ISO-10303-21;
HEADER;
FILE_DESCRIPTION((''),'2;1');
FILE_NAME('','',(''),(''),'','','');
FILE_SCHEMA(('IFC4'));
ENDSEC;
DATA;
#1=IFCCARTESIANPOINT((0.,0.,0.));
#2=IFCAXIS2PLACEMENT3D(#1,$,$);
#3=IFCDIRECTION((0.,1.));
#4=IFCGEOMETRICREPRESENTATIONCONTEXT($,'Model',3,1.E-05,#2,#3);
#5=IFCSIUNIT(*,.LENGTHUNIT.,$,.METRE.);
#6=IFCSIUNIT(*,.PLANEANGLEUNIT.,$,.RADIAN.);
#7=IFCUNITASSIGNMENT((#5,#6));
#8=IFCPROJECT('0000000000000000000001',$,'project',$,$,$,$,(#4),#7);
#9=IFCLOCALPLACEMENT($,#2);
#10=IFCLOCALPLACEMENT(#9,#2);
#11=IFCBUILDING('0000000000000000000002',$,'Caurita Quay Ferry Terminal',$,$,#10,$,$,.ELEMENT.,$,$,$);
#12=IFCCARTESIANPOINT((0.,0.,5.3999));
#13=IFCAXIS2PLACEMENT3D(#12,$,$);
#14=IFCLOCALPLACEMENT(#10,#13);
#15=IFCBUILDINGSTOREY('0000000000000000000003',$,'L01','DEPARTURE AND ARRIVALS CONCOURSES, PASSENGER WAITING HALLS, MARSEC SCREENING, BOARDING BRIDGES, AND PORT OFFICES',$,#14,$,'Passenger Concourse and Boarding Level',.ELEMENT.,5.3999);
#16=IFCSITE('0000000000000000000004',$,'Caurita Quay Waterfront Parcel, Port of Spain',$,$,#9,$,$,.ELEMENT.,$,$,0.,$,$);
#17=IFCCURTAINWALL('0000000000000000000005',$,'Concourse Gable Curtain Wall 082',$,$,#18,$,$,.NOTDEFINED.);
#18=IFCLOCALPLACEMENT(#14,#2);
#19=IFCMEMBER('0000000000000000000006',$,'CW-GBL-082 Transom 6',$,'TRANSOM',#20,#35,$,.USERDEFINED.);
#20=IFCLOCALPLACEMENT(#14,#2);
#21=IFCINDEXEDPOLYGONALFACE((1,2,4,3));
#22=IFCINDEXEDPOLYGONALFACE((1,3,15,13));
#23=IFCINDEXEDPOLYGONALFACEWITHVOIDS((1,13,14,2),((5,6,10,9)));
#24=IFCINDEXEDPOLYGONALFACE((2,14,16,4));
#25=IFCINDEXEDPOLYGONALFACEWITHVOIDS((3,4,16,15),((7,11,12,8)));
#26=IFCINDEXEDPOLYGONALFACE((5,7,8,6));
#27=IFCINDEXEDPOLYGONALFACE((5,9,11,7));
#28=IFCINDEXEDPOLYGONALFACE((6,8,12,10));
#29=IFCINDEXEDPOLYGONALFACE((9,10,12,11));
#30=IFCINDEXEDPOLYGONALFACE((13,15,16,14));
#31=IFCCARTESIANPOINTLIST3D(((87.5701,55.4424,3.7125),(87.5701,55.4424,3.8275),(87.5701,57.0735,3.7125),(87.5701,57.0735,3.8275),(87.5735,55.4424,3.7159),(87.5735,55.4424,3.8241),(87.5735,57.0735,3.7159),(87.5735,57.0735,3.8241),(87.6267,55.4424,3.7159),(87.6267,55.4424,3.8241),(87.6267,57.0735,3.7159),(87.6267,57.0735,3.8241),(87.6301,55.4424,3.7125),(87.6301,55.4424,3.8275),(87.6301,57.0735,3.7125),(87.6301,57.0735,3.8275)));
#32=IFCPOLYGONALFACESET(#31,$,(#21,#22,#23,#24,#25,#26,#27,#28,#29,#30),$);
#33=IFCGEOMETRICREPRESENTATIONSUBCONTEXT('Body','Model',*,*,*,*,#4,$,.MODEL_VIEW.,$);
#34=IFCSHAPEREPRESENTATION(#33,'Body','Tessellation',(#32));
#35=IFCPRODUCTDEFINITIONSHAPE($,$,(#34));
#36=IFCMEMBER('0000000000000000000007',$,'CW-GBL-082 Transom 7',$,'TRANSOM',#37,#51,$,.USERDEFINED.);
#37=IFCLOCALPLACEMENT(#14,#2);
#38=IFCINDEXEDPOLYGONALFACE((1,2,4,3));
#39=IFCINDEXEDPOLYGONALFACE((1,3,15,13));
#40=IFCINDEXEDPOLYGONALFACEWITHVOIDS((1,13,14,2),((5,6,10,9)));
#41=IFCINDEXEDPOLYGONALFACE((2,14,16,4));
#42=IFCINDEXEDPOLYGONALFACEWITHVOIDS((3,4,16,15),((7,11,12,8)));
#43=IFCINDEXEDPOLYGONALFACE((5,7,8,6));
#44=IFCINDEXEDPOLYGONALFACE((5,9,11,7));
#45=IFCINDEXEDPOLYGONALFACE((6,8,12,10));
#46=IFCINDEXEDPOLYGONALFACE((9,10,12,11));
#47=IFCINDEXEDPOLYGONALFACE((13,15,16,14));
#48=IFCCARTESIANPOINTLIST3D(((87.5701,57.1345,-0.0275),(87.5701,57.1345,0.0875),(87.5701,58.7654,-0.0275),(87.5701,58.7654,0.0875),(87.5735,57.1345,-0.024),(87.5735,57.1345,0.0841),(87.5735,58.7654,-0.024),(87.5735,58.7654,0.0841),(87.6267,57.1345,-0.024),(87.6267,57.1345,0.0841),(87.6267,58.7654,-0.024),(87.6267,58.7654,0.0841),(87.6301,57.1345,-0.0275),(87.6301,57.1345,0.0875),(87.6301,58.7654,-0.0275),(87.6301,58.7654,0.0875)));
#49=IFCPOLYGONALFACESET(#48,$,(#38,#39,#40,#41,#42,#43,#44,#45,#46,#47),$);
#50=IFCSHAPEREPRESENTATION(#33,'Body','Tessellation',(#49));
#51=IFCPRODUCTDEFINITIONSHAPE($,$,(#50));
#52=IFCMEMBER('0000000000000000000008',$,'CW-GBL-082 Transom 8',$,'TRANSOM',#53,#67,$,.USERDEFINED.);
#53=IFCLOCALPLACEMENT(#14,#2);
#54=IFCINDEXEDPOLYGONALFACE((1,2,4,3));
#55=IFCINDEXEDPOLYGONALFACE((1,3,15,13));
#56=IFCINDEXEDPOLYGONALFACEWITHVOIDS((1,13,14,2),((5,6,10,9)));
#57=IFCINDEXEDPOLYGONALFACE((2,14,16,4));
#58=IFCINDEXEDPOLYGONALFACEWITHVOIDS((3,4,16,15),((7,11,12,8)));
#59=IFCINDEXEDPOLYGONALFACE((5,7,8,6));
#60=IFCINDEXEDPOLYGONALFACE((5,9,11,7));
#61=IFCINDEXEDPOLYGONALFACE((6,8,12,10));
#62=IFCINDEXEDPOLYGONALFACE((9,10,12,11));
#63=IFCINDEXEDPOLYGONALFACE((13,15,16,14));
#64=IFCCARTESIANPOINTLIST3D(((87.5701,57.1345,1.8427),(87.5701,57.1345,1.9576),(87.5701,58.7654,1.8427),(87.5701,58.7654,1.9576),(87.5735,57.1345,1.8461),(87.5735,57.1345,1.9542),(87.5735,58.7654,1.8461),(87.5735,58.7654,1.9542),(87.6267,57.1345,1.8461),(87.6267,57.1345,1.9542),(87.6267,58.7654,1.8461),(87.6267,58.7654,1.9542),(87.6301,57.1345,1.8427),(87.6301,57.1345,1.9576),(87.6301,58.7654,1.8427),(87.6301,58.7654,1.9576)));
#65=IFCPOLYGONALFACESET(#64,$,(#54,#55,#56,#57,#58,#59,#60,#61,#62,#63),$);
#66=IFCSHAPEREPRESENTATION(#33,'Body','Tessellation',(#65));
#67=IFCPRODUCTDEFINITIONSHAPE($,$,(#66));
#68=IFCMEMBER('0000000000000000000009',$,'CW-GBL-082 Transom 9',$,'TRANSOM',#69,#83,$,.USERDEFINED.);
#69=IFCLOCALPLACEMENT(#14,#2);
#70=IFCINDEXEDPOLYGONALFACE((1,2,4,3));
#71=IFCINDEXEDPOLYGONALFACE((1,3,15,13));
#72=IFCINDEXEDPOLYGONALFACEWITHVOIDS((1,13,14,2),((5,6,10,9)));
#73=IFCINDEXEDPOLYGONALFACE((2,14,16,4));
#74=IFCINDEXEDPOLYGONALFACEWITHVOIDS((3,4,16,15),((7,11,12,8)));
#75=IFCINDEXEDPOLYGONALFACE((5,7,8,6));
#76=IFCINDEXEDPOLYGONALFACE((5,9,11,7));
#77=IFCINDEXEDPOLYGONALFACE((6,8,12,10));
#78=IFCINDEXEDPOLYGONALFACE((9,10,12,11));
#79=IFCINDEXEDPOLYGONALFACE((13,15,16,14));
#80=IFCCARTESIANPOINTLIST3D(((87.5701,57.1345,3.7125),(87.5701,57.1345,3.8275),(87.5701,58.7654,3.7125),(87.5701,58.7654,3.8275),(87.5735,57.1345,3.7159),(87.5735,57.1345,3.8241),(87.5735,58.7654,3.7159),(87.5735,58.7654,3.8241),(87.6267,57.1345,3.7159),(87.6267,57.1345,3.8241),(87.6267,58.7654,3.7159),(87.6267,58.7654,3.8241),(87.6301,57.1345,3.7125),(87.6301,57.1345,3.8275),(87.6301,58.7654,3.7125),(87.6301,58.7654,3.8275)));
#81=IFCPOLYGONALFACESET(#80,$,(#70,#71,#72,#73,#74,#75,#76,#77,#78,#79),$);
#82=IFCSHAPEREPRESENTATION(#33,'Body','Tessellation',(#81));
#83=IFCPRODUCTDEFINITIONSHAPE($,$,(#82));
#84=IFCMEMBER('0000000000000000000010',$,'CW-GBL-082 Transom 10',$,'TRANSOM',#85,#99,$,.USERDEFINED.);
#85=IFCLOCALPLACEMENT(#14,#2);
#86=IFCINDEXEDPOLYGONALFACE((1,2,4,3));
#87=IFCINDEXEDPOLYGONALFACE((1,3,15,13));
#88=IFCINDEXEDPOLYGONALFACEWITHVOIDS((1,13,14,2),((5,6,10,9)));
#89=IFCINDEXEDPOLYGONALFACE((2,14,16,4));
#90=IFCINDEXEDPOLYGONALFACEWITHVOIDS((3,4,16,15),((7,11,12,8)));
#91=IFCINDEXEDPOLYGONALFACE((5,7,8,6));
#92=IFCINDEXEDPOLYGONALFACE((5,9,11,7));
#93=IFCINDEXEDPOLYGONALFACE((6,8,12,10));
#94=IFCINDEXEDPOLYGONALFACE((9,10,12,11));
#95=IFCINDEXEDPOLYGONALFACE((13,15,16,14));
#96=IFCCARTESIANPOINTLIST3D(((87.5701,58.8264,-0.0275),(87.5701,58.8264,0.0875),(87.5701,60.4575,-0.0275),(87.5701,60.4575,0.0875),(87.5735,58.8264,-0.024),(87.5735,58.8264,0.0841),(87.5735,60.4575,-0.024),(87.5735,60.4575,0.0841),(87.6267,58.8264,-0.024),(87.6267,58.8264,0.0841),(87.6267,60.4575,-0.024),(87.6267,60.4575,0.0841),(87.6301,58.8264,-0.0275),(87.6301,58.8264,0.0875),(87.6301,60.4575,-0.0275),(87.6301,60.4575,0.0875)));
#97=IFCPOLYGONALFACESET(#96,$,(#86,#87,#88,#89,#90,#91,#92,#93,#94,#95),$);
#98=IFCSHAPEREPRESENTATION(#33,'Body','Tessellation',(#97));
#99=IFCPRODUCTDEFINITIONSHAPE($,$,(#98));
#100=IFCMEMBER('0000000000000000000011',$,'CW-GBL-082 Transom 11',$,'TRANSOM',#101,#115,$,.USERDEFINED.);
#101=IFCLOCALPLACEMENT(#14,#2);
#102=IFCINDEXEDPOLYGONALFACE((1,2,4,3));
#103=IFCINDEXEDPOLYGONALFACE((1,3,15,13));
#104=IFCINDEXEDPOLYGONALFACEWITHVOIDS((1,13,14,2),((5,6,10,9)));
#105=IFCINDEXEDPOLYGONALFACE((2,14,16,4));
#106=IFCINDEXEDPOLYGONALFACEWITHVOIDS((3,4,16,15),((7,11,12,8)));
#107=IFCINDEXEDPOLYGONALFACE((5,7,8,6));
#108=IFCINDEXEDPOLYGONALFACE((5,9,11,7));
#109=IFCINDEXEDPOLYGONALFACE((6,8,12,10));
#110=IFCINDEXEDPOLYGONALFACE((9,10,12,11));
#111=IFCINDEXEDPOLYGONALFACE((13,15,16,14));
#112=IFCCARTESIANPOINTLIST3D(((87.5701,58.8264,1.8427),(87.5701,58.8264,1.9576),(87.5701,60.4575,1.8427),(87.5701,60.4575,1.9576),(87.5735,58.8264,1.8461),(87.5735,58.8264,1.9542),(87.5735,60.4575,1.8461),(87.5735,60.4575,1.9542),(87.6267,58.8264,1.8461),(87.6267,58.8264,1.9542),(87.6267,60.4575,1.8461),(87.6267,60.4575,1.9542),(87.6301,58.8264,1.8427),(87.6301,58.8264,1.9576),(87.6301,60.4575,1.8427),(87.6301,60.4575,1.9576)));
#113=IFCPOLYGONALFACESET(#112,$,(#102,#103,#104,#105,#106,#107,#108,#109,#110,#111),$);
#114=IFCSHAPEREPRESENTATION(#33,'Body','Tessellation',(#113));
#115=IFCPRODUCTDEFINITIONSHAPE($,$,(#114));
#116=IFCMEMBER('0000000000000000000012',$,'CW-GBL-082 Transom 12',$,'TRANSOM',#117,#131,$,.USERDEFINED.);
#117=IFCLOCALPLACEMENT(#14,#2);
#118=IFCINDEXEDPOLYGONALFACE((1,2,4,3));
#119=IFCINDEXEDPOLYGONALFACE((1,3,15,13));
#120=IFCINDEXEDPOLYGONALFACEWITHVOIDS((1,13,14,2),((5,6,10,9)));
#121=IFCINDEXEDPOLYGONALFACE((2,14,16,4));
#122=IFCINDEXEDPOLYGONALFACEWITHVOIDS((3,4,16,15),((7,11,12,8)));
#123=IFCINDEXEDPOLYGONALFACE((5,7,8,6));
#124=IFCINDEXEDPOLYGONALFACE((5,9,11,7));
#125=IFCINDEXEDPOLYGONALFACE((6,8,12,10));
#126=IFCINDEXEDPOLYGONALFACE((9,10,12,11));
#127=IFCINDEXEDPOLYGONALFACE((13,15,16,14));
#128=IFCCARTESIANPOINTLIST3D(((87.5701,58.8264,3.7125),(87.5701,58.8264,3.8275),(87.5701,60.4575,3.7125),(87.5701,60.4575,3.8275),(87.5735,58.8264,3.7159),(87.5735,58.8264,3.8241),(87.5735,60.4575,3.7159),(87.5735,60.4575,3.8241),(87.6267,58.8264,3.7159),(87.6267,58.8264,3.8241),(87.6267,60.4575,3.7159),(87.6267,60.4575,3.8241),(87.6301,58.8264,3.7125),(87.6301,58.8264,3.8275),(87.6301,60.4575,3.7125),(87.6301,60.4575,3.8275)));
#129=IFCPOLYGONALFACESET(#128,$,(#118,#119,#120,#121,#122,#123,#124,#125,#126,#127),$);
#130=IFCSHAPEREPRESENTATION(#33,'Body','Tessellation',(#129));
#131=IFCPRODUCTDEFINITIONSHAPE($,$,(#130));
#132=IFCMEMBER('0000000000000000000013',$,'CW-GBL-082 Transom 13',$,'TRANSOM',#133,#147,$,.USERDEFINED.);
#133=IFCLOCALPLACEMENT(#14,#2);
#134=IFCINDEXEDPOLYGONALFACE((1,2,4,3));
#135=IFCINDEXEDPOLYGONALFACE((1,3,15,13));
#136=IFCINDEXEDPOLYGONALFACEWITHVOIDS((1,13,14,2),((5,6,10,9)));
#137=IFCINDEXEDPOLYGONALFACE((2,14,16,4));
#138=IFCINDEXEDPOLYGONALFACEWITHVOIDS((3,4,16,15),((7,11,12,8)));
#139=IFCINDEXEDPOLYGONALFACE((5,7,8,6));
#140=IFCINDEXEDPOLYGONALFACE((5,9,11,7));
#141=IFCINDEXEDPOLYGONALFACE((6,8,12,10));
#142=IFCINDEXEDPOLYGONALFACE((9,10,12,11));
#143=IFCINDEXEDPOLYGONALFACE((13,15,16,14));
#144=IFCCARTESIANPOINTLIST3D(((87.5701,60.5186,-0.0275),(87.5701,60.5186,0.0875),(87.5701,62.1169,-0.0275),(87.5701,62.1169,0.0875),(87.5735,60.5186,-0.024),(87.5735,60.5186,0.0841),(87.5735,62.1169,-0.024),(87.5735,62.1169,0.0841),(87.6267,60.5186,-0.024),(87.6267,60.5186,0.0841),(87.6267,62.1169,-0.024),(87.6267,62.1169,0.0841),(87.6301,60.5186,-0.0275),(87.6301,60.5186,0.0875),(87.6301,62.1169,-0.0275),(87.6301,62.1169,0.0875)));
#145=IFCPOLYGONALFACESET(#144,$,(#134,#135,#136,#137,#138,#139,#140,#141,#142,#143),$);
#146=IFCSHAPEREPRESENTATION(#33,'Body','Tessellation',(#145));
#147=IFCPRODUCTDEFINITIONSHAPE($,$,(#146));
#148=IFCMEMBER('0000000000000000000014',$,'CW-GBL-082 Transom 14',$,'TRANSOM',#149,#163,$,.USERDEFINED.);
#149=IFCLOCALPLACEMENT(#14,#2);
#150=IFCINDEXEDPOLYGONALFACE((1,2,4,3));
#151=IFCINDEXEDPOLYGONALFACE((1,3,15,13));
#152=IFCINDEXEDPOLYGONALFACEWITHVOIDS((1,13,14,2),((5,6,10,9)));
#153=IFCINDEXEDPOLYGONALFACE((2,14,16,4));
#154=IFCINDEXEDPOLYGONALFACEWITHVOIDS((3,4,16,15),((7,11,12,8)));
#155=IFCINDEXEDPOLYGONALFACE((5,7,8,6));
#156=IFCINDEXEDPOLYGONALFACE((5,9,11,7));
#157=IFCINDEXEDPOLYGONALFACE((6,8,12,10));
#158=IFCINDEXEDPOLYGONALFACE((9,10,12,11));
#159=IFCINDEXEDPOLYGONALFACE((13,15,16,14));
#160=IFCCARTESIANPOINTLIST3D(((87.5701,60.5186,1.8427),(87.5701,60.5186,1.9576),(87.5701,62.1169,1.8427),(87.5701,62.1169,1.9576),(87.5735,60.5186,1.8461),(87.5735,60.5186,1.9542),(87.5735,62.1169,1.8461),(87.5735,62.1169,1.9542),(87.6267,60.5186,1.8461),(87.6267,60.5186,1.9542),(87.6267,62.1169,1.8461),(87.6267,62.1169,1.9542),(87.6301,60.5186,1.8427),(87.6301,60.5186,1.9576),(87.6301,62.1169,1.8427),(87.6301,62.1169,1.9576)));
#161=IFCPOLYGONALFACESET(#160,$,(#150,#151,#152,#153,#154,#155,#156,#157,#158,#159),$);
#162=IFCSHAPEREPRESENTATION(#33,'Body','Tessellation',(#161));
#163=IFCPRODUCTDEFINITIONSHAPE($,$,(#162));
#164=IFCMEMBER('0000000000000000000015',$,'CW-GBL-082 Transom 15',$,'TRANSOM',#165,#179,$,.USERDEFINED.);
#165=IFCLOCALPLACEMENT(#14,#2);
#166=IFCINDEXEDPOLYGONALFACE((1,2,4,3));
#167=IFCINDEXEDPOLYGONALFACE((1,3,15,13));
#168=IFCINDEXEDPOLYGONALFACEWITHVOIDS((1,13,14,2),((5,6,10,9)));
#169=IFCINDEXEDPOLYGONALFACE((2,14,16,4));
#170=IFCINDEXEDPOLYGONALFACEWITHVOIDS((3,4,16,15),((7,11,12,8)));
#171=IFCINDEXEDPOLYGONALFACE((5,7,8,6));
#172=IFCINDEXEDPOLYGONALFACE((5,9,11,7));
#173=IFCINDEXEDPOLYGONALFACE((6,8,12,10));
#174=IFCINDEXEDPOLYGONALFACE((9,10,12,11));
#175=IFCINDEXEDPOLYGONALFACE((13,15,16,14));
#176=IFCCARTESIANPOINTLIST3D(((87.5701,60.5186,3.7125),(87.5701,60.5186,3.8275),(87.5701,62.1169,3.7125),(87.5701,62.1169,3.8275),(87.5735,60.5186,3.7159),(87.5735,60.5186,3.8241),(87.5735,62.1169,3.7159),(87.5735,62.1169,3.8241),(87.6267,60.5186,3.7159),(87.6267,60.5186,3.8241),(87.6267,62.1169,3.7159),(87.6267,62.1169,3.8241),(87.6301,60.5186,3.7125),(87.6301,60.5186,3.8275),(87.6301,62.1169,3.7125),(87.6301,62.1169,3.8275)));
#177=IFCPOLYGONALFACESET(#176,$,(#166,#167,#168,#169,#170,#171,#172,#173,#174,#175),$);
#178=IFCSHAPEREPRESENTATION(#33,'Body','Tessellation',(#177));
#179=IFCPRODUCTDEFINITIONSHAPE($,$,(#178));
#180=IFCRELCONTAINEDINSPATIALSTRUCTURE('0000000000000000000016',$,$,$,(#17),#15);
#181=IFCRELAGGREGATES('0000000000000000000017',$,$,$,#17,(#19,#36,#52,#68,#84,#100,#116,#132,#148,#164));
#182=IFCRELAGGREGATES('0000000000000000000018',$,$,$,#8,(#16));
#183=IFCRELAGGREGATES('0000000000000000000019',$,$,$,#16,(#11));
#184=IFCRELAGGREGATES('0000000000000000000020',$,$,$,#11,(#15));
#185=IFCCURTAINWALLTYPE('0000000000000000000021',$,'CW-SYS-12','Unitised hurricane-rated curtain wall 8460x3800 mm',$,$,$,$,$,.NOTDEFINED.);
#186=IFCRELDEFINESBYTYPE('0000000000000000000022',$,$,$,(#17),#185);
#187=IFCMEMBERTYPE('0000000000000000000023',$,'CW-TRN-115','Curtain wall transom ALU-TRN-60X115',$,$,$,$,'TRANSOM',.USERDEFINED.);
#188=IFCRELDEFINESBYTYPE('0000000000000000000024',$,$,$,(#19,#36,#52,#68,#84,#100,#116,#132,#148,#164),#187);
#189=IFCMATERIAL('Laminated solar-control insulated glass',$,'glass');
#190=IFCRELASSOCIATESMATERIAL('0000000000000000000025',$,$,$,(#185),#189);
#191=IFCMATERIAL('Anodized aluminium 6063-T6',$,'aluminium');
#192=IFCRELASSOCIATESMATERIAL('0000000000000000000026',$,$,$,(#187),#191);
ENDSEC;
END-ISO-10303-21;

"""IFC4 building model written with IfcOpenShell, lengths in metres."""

from ifc_helpers import new_model, si_unit, direction, frame, origin, origin_2d, place, context, subcontext, project, spatial, hollow_rectangle, extrude, material, material_profile, profile_set, type_object, element, aggregate, save


model = new_model("IFC4")

# Units and contexts
model_context = context("Model", 3, precision=1e-05, world=origin(), true_north=direction((0.0, 1.0)))
body_context = subcontext(model_context, "Body", "Model", "MODEL_VIEW")
ifc_project = project(units=[si_unit("LENGTHUNIT", "METRE"), si_unit("PLANEANGLEUNIT", "RADIAN")], contexts=[model_context])

# Site, building, storey
site_placement = place(None, origin())
site = spatial("IfcSite", under=ifc_project, at=site_placement, Name="Caurita Quay Waterfront Parcel, Port of Spain", CompositionType="ELEMENT", RefElevation=0.0)
building_placement = place(site_placement, origin())
building = spatial("IfcBuilding", under=site, at=building_placement, Name="Caurita Quay Ferry Terminal", CompositionType="ELEMENT")
storey_placement = place(building_placement, frame((0.0, 0.0, 5.3999)))
storey = spatial("IfcBuildingStorey", under=building, at=storey_placement, Name="L01", Description="DEPARTURE AND ARRIVALS CONCOURSES, PASSENGER WAITING HALLS, MARSEC SCREENING, BOARDING BRIDGES, AND PORT OFFICES", LongName="Passenger Concourse and Boarding Level", CompositionType="ELEMENT", Elevation=5.3999)

# Curtain wall, members
ifc_material_1 = material(Name="Laminated solar-control insulated glass", Category="glass")
curtain_wall_type = type_object("IfcCurtainWallType", Name="CW-SYS-12", Description="Unitised hurricane-rated curtain wall 8460x3800 mm", PredefinedType="NOTDEFINED", material=ifc_material_1)
curtain_wall_placement = place(storey_placement, origin())
curtain_wall = element("IfcCurtainWall", 1, at=curtain_wall_placement, inside=storey, type_object=curtain_wall_type, Name="Concourse Gable Curtain Wall 082", PredefinedType="NOTDEFINED")
ifc_material_2 = material(Name="Anodized aluminium 6063-T6", Category="aluminium")
ifc_material_profile_1 = material_profile(ifc_material_2, hollow_rectangle(XDim=0.0601, YDim=0.115, WallThickness=0.0034, at=origin_2d()), Name="ALU-TRN-60X115")
ifc_profile_set_1 = profile_set([ifc_material_profile_1], Name="Anodized aluminium 6063-T6")
member_type_1 = type_object("IfcMemberType", Name="CW-TRN-115", Description="Curtain wall transom ALU-TRN-60X115", ElementType="TRANSOM", PredefinedType="USERDEFINED", material=ifc_profile_set_1)
member_1_placement = place(storey_placement, frame((87.6001, 55.4424, 3.77), z_axis=(0.0, 1.0, 0.0), x_axis=(-1.0, 0.0, 0.0)))
member_1 = element("IfcMember", 2, at=member_1_placement, type_object=member_type_1, Name="CW-GBL-082 Transom 6", ObjectType="TRANSOM", PredefinedType="USERDEFINED", context=body_context, shape_type="SweptSolid", body=[
    extrude(hollow_rectangle(XDim=0.0601, YDim=0.115, WallThickness=0.0034, at=origin_2d()), origin(), (0.0, 0.0, 1.0), 1.6311),
])
member_2_placement = place(storey_placement, frame((87.6001, 57.1345, 0.03), z_axis=(0.0, 1.0, 0.0), x_axis=(-1.0, 0.0, 0.0)))
member_2 = element("IfcMember", 3, at=member_2_placement, type_object=member_type_1, Name="CW-GBL-082 Transom 7", ObjectType="TRANSOM", PredefinedType="USERDEFINED", context=body_context, shape_type="SweptSolid", body=[
    extrude(hollow_rectangle(XDim=0.0601, YDim=0.115, WallThickness=0.0034, at=origin_2d()), origin(), (0.0, 0.0, 1.0), 1.6309),
])
member_3_placement = place(storey_placement, frame((87.6001, 57.1345, 1.9001), z_axis=(0.0, 1.0, 0.0), x_axis=(-1.0, 0.0, 0.0)))
member_3 = element("IfcMember", 4, at=member_3_placement, type_object=member_type_1, Name="CW-GBL-082 Transom 8", ObjectType="TRANSOM", PredefinedType="USERDEFINED", context=body_context, shape_type="SweptSolid", body=[
    extrude(hollow_rectangle(XDim=0.0601, YDim=0.115, WallThickness=0.0034, at=origin_2d()), origin(), (0.0, 0.0, 1.0), 1.6309),
])
member_4_placement = place(storey_placement, frame((87.6001, 57.1345, 3.77), z_axis=(0.0, 1.0, 0.0), x_axis=(-1.0, 0.0, 0.0)))
member_4 = element("IfcMember", 5, at=member_4_placement, type_object=member_type_1, Name="CW-GBL-082 Transom 9", ObjectType="TRANSOM", PredefinedType="USERDEFINED", context=body_context, shape_type="SweptSolid", body=[
    extrude(hollow_rectangle(XDim=0.0601, YDim=0.115, WallThickness=0.0034, at=origin_2d()), origin(), (0.0, 0.0, 1.0), 1.6309),
])
member_5_placement = place(storey_placement, frame((87.6001, 58.8264, 0.03), z_axis=(0.0, 1.0, 0.0), x_axis=(-1.0, 0.0, 0.0)))
member_5 = element("IfcMember", 6, at=member_5_placement, type_object=member_type_1, Name="CW-GBL-082 Transom 10", ObjectType="TRANSOM", PredefinedType="USERDEFINED", context=body_context, shape_type="SweptSolid", body=[
    extrude(hollow_rectangle(XDim=0.0601, YDim=0.115, WallThickness=0.0034, at=origin_2d()), origin(), (0.0, 0.0, 1.0), 1.6311),
])
member_6_placement = place(storey_placement, frame((87.6001, 58.8264, 1.9001), z_axis=(0.0, 1.0, 0.0), x_axis=(-1.0, 0.0, 0.0)))
member_6 = element("IfcMember", 7, at=member_6_placement, type_object=member_type_1, Name="CW-GBL-082 Transom 11", ObjectType="TRANSOM", PredefinedType="USERDEFINED", context=body_context, shape_type="SweptSolid", body=[
    extrude(hollow_rectangle(XDim=0.0601, YDim=0.115, WallThickness=0.0034, at=origin_2d()), origin(), (0.0, 0.0, 1.0), 1.6311),
])
member_7_placement = place(storey_placement, frame((87.6001, 58.8264, 3.77), z_axis=(0.0, 1.0, 0.0), x_axis=(-1.0, 0.0, 0.0)))
member_7 = element("IfcMember", 8, at=member_7_placement, type_object=member_type_1, Name="CW-GBL-082 Transom 12", ObjectType="TRANSOM", PredefinedType="USERDEFINED", context=body_context, shape_type="SweptSolid", body=[
    extrude(hollow_rectangle(XDim=0.0601, YDim=0.115, WallThickness=0.0034, at=origin_2d()), origin(), (0.0, 0.0, 1.0), 1.6311),
])
member_8_placement = place(storey_placement, frame((87.6001, 60.5186, 0.03), z_axis=(0.0, 1.0, 0.0), x_axis=(-1.0, 0.0, 0.0)))
member_8 = element("IfcMember", 9, at=member_8_placement, type_object=member_type_1, Name="CW-GBL-082 Transom 13", ObjectType="TRANSOM", PredefinedType="USERDEFINED", context=body_context, shape_type="SweptSolid", body=[
    extrude(hollow_rectangle(XDim=0.0601, YDim=0.115, WallThickness=0.0034, at=origin_2d()), origin(), (0.0, 0.0, 1.0), 1.5984),
])
member_9_placement = place(storey_placement, frame((87.6001, 60.5186, 1.9001), z_axis=(0.0, 1.0, 0.0), x_axis=(-1.0, 0.0, 0.0)))
member_9 = element("IfcMember", 10, at=member_9_placement, type_object=member_type_1, Name="CW-GBL-082 Transom 14", ObjectType="TRANSOM", PredefinedType="USERDEFINED", context=body_context, shape_type="SweptSolid", body=[
    extrude(hollow_rectangle(XDim=0.0601, YDim=0.115, WallThickness=0.0034, at=origin_2d()), origin(), (0.0, 0.0, 1.0), 1.5984),
])
member_10_placement = place(storey_placement, frame((87.6001, 60.5186, 3.77), z_axis=(0.0, 1.0, 0.0), x_axis=(-1.0, 0.0, 0.0)))
member_10 = element("IfcMember", 11, at=member_10_placement, type_object=member_type_1, Name="CW-GBL-082 Transom 15", ObjectType="TRANSOM", PredefinedType="USERDEFINED", context=body_context, shape_type="SweptSolid", body=[
    extrude(hollow_rectangle(XDim=0.0601, YDim=0.115, WallThickness=0.0034, at=origin_2d()), origin(), (0.0, 0.0, 1.0), 1.5984),
])

aggregate(curtain_wall, [member_1, member_2, member_3, member_4, member_5, member_6, member_7, member_8, member_9, member_10])

save(model, "model.ifc")
